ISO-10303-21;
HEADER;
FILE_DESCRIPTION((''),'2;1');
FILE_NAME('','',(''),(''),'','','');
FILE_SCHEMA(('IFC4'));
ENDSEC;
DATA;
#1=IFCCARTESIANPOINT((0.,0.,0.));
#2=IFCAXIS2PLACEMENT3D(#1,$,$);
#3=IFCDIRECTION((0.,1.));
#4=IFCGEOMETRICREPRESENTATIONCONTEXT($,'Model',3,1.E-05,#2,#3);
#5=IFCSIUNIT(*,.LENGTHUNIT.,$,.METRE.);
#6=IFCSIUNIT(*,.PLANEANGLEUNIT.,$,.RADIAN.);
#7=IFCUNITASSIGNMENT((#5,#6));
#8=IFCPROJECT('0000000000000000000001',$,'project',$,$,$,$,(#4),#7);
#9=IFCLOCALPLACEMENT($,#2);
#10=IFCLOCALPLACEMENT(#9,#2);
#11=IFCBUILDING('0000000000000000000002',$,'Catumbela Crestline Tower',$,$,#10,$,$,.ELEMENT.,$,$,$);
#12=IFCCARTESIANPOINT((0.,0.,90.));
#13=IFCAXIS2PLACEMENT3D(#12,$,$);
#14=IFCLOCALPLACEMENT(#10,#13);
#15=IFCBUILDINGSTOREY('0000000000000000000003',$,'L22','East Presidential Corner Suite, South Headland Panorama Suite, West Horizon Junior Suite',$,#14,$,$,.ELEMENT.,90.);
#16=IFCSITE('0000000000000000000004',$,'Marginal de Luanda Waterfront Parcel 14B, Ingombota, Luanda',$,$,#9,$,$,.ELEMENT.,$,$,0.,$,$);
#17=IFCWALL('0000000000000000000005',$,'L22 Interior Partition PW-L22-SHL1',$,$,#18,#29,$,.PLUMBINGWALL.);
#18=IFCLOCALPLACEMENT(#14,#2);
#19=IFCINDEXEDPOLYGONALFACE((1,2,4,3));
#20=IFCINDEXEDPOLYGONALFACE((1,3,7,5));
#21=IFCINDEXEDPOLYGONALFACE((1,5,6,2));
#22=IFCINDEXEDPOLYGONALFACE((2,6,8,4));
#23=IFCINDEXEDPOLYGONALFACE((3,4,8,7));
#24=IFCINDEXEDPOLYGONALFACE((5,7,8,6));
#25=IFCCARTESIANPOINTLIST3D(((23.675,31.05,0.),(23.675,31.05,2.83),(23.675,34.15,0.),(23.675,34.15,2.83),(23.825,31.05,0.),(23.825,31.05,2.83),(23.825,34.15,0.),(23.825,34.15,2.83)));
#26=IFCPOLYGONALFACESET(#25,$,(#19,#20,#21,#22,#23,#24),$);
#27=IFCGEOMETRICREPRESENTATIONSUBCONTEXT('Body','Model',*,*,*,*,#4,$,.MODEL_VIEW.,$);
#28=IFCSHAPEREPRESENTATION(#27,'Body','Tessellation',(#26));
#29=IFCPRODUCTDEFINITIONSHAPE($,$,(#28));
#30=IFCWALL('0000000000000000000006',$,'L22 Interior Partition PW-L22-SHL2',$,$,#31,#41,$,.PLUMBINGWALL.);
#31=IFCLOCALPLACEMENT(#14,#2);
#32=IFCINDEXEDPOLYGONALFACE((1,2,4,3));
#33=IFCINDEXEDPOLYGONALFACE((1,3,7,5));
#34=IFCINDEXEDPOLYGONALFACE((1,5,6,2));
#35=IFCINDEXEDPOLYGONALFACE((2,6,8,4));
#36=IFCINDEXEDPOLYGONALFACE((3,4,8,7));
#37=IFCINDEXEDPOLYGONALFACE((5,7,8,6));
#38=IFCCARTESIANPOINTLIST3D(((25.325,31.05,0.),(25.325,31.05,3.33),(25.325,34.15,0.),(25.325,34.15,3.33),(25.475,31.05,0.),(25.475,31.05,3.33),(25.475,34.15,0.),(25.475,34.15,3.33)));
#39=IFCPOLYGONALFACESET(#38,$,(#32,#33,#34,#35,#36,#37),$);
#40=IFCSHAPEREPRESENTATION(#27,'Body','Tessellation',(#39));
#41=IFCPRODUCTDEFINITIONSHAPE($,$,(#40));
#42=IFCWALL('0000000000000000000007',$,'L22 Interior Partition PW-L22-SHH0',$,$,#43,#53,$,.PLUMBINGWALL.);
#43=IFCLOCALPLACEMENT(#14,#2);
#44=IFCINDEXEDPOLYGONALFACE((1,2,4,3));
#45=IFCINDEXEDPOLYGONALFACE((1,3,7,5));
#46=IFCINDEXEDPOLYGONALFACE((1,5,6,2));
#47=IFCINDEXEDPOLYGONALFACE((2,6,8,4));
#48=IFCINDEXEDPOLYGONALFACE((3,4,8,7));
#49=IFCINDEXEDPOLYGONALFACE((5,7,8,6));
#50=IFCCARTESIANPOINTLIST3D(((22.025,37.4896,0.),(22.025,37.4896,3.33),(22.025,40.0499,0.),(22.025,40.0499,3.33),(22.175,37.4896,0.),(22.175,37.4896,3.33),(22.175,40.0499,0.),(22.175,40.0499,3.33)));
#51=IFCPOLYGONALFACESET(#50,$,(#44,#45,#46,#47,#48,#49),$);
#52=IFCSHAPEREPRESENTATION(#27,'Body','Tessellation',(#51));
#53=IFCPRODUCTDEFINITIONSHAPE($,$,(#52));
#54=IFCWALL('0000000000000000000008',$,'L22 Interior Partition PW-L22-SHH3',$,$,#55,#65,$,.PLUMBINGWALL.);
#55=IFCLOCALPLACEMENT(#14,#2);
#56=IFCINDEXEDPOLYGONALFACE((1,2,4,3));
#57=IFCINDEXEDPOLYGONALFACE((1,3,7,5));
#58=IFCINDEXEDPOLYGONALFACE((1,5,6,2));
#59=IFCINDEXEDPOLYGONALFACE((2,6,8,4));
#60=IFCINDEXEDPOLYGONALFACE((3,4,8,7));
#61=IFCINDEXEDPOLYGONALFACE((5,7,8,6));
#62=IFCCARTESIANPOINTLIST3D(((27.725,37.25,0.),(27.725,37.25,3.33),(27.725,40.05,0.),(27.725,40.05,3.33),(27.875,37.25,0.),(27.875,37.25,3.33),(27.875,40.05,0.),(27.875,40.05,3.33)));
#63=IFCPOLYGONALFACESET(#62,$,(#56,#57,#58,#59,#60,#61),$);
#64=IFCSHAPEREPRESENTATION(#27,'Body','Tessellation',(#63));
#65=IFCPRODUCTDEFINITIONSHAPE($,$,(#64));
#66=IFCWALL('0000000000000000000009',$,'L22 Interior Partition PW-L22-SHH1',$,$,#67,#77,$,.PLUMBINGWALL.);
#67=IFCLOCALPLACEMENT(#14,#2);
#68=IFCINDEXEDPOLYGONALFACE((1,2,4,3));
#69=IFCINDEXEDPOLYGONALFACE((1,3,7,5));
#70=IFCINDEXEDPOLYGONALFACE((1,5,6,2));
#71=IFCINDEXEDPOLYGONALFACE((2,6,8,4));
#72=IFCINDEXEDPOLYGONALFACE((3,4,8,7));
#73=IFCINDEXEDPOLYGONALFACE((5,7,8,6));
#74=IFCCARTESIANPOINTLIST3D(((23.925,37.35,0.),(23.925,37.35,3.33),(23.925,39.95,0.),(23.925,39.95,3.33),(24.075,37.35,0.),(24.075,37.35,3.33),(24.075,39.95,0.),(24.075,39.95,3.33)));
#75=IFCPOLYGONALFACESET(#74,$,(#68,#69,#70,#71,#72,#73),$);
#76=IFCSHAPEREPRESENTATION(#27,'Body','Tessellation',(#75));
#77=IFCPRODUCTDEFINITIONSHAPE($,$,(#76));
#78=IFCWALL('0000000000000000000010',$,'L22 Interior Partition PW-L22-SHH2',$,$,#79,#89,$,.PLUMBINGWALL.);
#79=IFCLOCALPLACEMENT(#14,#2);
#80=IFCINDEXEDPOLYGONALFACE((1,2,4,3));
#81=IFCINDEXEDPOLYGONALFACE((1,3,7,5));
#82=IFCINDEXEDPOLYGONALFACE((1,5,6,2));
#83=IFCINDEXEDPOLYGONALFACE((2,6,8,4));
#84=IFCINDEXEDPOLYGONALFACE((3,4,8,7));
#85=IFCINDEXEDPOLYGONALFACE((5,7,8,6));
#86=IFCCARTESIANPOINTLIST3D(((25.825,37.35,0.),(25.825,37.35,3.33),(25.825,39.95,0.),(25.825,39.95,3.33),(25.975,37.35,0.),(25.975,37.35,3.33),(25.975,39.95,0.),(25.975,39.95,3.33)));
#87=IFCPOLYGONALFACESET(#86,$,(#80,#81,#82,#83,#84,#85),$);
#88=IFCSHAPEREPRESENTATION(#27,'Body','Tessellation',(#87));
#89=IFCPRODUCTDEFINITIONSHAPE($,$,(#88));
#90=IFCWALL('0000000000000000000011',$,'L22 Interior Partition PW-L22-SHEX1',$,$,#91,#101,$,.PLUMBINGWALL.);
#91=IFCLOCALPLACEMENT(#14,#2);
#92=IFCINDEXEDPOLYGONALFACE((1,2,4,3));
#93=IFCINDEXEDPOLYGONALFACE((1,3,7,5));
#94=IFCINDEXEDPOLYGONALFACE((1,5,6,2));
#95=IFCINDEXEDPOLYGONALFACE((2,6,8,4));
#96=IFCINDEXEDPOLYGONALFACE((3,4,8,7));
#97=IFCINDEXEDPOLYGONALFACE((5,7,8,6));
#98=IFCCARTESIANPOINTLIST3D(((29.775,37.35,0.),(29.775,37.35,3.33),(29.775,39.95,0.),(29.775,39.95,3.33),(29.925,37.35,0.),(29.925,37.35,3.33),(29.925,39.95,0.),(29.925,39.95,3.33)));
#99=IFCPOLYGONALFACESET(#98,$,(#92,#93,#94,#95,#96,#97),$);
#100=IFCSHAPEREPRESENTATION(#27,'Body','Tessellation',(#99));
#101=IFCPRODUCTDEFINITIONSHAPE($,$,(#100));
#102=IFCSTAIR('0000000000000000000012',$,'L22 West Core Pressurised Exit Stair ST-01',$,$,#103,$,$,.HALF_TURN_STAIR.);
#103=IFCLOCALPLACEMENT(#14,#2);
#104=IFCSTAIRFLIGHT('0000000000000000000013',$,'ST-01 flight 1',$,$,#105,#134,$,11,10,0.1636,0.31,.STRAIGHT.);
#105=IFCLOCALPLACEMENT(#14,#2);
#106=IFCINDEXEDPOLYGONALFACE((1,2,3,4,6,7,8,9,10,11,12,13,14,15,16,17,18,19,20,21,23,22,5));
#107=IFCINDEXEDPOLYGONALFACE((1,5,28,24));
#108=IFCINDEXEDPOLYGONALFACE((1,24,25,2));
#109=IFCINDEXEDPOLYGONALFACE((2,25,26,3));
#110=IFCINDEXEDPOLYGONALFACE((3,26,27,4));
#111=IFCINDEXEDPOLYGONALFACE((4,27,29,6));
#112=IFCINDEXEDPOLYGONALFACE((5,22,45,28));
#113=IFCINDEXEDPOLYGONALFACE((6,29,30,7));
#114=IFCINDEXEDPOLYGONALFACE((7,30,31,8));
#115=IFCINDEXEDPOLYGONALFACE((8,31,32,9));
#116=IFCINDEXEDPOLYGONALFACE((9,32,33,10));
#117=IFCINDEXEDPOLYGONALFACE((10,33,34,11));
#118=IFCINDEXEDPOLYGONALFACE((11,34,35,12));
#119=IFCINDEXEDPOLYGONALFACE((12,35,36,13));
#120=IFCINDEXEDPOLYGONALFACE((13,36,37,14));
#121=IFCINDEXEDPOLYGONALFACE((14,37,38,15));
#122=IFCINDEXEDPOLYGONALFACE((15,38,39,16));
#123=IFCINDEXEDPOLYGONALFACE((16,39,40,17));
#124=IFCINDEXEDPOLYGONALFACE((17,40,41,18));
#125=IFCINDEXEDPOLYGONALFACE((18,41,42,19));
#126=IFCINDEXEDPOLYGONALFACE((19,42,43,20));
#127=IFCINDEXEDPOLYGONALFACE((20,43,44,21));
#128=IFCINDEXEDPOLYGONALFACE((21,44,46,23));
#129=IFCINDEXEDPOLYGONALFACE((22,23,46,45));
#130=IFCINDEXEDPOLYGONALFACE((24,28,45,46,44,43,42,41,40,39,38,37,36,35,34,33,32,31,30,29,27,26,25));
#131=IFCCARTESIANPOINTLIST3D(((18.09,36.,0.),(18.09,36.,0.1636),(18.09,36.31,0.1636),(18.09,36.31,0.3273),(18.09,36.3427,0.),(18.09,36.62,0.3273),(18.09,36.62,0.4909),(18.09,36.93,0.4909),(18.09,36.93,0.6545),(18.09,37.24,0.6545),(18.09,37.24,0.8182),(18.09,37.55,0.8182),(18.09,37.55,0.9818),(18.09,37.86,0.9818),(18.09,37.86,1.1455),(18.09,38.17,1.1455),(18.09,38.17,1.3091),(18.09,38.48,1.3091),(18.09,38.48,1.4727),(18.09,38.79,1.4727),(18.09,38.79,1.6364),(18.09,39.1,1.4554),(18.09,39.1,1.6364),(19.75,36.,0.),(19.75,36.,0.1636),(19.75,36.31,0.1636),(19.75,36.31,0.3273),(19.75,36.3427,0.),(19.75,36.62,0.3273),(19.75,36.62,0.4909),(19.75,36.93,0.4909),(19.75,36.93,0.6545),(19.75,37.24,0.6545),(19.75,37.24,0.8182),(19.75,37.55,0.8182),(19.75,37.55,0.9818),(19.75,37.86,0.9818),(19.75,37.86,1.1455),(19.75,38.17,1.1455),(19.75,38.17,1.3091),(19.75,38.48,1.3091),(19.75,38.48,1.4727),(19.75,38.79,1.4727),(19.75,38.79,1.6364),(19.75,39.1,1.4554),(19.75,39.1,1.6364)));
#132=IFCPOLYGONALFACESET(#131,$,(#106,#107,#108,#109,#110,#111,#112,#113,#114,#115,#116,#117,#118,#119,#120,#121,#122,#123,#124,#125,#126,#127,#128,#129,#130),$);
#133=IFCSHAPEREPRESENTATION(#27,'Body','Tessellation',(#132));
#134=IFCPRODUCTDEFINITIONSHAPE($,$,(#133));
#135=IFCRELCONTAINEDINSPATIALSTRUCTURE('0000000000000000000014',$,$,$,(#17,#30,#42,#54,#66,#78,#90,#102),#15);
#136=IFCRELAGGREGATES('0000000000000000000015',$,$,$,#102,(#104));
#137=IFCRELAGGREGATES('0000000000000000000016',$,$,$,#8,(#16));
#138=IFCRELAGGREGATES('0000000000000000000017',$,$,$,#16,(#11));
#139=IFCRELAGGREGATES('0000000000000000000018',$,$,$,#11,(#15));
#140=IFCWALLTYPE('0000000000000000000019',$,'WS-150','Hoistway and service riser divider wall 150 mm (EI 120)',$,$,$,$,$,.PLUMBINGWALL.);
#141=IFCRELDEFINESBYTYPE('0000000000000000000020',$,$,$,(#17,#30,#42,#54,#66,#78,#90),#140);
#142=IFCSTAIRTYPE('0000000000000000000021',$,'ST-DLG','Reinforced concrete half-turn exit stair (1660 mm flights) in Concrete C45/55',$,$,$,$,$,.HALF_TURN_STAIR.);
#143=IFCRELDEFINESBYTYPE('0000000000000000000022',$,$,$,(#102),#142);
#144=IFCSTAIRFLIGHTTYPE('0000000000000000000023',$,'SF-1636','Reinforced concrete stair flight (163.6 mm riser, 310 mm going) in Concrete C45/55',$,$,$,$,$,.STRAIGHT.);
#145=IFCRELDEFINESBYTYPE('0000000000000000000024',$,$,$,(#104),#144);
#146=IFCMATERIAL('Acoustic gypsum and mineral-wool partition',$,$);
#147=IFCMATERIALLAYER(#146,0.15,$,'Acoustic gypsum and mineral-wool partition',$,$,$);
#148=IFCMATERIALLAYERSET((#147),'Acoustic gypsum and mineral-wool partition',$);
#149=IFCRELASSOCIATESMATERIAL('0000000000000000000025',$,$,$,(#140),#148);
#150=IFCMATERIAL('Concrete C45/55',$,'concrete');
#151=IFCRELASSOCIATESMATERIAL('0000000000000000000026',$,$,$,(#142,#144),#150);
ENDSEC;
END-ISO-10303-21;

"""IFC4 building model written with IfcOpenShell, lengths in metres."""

from ifc_helpers import new_model, si_unit, direction, frame, frame_2d, origin, place, context, subcontext, project, spatial, polyline, rectangle, outline, extrude, material, layer, layer_set, type_object, element, aggregate, save


model = new_model("IFC4")

# Units and contexts
model_context = context("Model", 3, precision=1e-05, world=origin(), true_north=direction((0.0, 1.0)))
body_context = subcontext(model_context, "Body", "Model", "MODEL_VIEW")
ifc_project = project(units=[si_unit("LENGTHUNIT", "METRE"), si_unit("PLANEANGLEUNIT", "RADIAN")], contexts=[model_context])

# Site, building, storey
site_placement = place(None, origin())
site = spatial("IfcSite", under=ifc_project, at=site_placement, Name="Marginal de Luanda Waterfront Parcel 14B, Ingombota, Luanda", CompositionType="ELEMENT", RefElevation=0.0)
building_placement = place(site_placement, origin())
building = spatial("IfcBuilding", under=site, at=building_placement, Name="Catumbela Crestline Tower", CompositionType="ELEMENT")
storey_placement = place(building_placement, frame((0.0, 0.0, 90.0)))
storey = spatial("IfcBuildingStorey", under=building, at=storey_placement, Name="L22", Description="East Presidential Corner Suite, South Headland Panorama Suite, West Horizon Junior Suite", CompositionType="ELEMENT", Elevation=90.0)

# Shared definitions
ifc_material_1 = material(Name="Acoustic gypsum and mineral-wool partition")

# Walls
ifc_layer_1 = layer(ifc_material_1, 0.15, Name="Acoustic gypsum and mineral-wool partition")
ifc_layer_set_1 = layer_set([ifc_layer_1], Name="Acoustic gypsum and mineral-wool partition")
wall_type_1 = type_object("IfcWallType", Name="WS-150", Description="Hoistway and service riser divider wall 150 mm (EI 120)", PredefinedType="PLUMBINGWALL", material=ifc_layer_set_1)
wall_1_placement = place(storey_placement, frame((23.75, 31.05, 0.0), z_axis=(0.0, 0.0, 1.0), x_axis=(0.0, 1.0, 0.0)))
element("IfcWall", 1, at=wall_1_placement, inside=storey, type_object=wall_type_1, Name="L22 Interior Partition PW-L22-SHL1", PredefinedType="PLUMBINGWALL", context=body_context, shape_type="SweptSolid", body=[
    extrude(rectangle(XDim=3.1, YDim=0.15, at=frame_2d((1.55, 0.0))), origin(), (0.0, 0.0, 1.0), 2.83),
])
wall_2_placement = place(storey_placement, frame((25.4, 31.05, 0.0), z_axis=(0.0, 0.0, 1.0), x_axis=(0.0, 1.0, 0.0)))
element("IfcWall", 2, at=wall_2_placement, inside=storey, type_object=wall_type_1, Name="L22 Interior Partition PW-L22-SHL2", PredefinedType="PLUMBINGWALL", context=body_context, shape_type="SweptSolid", body=[
    extrude(rectangle(XDim=3.1, YDim=0.15, at=frame_2d((1.55, 0.0))), origin(), (0.0, 0.0, 1.0), 3.33),
])
wall_3_placement = place(storey_placement, frame((22.1, 37.4897, 0.0), z_axis=(0.0, 0.0, 1.0), x_axis=(0.0, 1.0, 0.0)))
element("IfcWall", 3, at=wall_3_placement, inside=storey, type_object=wall_type_1, Name="L22 Interior Partition PW-L22-SHH0", PredefinedType="PLUMBINGWALL", context=body_context, shape_type="SweptSolid", body=[
    extrude(rectangle(XDim=2.5603, YDim=0.15, at=frame_2d((1.2801, 0.0))), origin(), (0.0, 0.0, 1.0), 3.33),
])
wall_4_placement = place(storey_placement, frame((27.8, 37.25, 0.0), z_axis=(0.0, 0.0, 1.0), x_axis=(0.0, 1.0, 0.0)))
element("IfcWall", 4, at=wall_4_placement, inside=storey, type_object=wall_type_1, Name="L22 Interior Partition PW-L22-SHH3", PredefinedType="PLUMBINGWALL", context=body_context, shape_type="SweptSolid", body=[
    extrude(rectangle(XDim=2.8, YDim=0.15, at=frame_2d((1.4, 0.0))), origin(), (0.0, 0.0, 1.0), 3.33),
])
for number, where, z_axis, x_axis, name in (
    (5, (24.0, 37.35, 0.0), (0.0, 0.0, 1.0), (0.0, 1.0, 0.0), "L22 Interior Partition PW-L22-SHH1"),
    (6, (25.9, 37.35, 0.0), (0.0, 0.0, 1.0), (0.0, 1.0, 0.0), "L22 Interior Partition PW-L22-SHH2"),
    (7, (29.85, 37.35, 0.0), (0.0, 0.0, 1.0), (0.0, 1.0, 0.0), "L22 Interior Partition PW-L22-SHEX1"),
):
    element("IfcWall", number, at=place(storey_placement, frame(where, z_axis=z_axis, x_axis=x_axis)), inside=storey, type_object=wall_type_1, Name=name, PredefinedType="PLUMBINGWALL", context=body_context, shape_type="SweptSolid", body=[
        extrude(rectangle(XDim=2.6, YDim=0.15, at=frame_2d((1.3, 0.0))), origin(), (0.0, 0.0, 1.0), 3.33),
    ])

# Stair, stair flight
ifc_material_2 = material(Name="Concrete C45/55", Category="concrete")
stair_type = type_object("IfcStairType", Name="ST-DLG", Description="Reinforced concrete half-turn exit stair (1660 mm flights) in Concrete C45/55", PredefinedType="HALF_TURN_STAIR", material=ifc_material_2)
stair_placement = place(storey_placement, origin())
stair = element("IfcStair", 8, at=stair_placement, inside=storey, type_object=stair_type, Name="L22 West Core Pressurised Exit Stair ST-01", PredefinedType="HALF_TURN_STAIR")
stair_flight_type = type_object("IfcStairFlightType", Name="SF-1636", Description="Reinforced concrete stair flight (163.6 mm riser, 310 mm going) in Concrete C45/55", PredefinedType="STRAIGHT", material=ifc_material_2)
stair_flight_placement = place(storey_placement, frame((18.92, 36.0, 0.0), z_axis=(0.0, 0.0, 1.0), x_axis=(0.0, 1.0, 0.0)))
stair_flight = element("IfcStairFlight", 9, at=stair_flight_placement, type_object=stair_flight_type, Name="ST-01 flight 1", NumberOfRisers=11, NumberOfTreads=10, PredefinedType="STRAIGHT", RiserHeight=0.1636, TreadLength=0.31, context=body_context, shape_type="SweptSolid", body=[
    extrude(outline(polyline([(0.0, 0.0), (0.0, 0.1636), (0.31, 0.1636), (0.31, 0.3273), (0.62, 0.3273), (0.62, 0.4909), (0.93, 0.4909), (0.93, 0.6545), (1.24, 0.6545), (1.24, 0.8182), (1.55, 0.8182), (1.55, 0.9818), (1.86, 0.9818), (1.86, 1.1455), (2.17, 1.1455), (2.17, 1.3091), (2.48, 1.3091), (2.48, 1.4727), (2.79, 1.4727), (2.79, 1.6364), (3.1, 1.6364), (3.1, 1.8), (3.1, 1.4554), (0.3427, 0.0), (0.0, 0.0)])), frame((0.0, 0.83, 0.0), z_axis=(0.0, -1.0, 0.0), x_axis=(1.0, 0.0, 0.0)), (0.0, 0.0, 1.0), 1.66),
])
aggregate(stair, [stair_flight])

save(model, "model.ifc")
